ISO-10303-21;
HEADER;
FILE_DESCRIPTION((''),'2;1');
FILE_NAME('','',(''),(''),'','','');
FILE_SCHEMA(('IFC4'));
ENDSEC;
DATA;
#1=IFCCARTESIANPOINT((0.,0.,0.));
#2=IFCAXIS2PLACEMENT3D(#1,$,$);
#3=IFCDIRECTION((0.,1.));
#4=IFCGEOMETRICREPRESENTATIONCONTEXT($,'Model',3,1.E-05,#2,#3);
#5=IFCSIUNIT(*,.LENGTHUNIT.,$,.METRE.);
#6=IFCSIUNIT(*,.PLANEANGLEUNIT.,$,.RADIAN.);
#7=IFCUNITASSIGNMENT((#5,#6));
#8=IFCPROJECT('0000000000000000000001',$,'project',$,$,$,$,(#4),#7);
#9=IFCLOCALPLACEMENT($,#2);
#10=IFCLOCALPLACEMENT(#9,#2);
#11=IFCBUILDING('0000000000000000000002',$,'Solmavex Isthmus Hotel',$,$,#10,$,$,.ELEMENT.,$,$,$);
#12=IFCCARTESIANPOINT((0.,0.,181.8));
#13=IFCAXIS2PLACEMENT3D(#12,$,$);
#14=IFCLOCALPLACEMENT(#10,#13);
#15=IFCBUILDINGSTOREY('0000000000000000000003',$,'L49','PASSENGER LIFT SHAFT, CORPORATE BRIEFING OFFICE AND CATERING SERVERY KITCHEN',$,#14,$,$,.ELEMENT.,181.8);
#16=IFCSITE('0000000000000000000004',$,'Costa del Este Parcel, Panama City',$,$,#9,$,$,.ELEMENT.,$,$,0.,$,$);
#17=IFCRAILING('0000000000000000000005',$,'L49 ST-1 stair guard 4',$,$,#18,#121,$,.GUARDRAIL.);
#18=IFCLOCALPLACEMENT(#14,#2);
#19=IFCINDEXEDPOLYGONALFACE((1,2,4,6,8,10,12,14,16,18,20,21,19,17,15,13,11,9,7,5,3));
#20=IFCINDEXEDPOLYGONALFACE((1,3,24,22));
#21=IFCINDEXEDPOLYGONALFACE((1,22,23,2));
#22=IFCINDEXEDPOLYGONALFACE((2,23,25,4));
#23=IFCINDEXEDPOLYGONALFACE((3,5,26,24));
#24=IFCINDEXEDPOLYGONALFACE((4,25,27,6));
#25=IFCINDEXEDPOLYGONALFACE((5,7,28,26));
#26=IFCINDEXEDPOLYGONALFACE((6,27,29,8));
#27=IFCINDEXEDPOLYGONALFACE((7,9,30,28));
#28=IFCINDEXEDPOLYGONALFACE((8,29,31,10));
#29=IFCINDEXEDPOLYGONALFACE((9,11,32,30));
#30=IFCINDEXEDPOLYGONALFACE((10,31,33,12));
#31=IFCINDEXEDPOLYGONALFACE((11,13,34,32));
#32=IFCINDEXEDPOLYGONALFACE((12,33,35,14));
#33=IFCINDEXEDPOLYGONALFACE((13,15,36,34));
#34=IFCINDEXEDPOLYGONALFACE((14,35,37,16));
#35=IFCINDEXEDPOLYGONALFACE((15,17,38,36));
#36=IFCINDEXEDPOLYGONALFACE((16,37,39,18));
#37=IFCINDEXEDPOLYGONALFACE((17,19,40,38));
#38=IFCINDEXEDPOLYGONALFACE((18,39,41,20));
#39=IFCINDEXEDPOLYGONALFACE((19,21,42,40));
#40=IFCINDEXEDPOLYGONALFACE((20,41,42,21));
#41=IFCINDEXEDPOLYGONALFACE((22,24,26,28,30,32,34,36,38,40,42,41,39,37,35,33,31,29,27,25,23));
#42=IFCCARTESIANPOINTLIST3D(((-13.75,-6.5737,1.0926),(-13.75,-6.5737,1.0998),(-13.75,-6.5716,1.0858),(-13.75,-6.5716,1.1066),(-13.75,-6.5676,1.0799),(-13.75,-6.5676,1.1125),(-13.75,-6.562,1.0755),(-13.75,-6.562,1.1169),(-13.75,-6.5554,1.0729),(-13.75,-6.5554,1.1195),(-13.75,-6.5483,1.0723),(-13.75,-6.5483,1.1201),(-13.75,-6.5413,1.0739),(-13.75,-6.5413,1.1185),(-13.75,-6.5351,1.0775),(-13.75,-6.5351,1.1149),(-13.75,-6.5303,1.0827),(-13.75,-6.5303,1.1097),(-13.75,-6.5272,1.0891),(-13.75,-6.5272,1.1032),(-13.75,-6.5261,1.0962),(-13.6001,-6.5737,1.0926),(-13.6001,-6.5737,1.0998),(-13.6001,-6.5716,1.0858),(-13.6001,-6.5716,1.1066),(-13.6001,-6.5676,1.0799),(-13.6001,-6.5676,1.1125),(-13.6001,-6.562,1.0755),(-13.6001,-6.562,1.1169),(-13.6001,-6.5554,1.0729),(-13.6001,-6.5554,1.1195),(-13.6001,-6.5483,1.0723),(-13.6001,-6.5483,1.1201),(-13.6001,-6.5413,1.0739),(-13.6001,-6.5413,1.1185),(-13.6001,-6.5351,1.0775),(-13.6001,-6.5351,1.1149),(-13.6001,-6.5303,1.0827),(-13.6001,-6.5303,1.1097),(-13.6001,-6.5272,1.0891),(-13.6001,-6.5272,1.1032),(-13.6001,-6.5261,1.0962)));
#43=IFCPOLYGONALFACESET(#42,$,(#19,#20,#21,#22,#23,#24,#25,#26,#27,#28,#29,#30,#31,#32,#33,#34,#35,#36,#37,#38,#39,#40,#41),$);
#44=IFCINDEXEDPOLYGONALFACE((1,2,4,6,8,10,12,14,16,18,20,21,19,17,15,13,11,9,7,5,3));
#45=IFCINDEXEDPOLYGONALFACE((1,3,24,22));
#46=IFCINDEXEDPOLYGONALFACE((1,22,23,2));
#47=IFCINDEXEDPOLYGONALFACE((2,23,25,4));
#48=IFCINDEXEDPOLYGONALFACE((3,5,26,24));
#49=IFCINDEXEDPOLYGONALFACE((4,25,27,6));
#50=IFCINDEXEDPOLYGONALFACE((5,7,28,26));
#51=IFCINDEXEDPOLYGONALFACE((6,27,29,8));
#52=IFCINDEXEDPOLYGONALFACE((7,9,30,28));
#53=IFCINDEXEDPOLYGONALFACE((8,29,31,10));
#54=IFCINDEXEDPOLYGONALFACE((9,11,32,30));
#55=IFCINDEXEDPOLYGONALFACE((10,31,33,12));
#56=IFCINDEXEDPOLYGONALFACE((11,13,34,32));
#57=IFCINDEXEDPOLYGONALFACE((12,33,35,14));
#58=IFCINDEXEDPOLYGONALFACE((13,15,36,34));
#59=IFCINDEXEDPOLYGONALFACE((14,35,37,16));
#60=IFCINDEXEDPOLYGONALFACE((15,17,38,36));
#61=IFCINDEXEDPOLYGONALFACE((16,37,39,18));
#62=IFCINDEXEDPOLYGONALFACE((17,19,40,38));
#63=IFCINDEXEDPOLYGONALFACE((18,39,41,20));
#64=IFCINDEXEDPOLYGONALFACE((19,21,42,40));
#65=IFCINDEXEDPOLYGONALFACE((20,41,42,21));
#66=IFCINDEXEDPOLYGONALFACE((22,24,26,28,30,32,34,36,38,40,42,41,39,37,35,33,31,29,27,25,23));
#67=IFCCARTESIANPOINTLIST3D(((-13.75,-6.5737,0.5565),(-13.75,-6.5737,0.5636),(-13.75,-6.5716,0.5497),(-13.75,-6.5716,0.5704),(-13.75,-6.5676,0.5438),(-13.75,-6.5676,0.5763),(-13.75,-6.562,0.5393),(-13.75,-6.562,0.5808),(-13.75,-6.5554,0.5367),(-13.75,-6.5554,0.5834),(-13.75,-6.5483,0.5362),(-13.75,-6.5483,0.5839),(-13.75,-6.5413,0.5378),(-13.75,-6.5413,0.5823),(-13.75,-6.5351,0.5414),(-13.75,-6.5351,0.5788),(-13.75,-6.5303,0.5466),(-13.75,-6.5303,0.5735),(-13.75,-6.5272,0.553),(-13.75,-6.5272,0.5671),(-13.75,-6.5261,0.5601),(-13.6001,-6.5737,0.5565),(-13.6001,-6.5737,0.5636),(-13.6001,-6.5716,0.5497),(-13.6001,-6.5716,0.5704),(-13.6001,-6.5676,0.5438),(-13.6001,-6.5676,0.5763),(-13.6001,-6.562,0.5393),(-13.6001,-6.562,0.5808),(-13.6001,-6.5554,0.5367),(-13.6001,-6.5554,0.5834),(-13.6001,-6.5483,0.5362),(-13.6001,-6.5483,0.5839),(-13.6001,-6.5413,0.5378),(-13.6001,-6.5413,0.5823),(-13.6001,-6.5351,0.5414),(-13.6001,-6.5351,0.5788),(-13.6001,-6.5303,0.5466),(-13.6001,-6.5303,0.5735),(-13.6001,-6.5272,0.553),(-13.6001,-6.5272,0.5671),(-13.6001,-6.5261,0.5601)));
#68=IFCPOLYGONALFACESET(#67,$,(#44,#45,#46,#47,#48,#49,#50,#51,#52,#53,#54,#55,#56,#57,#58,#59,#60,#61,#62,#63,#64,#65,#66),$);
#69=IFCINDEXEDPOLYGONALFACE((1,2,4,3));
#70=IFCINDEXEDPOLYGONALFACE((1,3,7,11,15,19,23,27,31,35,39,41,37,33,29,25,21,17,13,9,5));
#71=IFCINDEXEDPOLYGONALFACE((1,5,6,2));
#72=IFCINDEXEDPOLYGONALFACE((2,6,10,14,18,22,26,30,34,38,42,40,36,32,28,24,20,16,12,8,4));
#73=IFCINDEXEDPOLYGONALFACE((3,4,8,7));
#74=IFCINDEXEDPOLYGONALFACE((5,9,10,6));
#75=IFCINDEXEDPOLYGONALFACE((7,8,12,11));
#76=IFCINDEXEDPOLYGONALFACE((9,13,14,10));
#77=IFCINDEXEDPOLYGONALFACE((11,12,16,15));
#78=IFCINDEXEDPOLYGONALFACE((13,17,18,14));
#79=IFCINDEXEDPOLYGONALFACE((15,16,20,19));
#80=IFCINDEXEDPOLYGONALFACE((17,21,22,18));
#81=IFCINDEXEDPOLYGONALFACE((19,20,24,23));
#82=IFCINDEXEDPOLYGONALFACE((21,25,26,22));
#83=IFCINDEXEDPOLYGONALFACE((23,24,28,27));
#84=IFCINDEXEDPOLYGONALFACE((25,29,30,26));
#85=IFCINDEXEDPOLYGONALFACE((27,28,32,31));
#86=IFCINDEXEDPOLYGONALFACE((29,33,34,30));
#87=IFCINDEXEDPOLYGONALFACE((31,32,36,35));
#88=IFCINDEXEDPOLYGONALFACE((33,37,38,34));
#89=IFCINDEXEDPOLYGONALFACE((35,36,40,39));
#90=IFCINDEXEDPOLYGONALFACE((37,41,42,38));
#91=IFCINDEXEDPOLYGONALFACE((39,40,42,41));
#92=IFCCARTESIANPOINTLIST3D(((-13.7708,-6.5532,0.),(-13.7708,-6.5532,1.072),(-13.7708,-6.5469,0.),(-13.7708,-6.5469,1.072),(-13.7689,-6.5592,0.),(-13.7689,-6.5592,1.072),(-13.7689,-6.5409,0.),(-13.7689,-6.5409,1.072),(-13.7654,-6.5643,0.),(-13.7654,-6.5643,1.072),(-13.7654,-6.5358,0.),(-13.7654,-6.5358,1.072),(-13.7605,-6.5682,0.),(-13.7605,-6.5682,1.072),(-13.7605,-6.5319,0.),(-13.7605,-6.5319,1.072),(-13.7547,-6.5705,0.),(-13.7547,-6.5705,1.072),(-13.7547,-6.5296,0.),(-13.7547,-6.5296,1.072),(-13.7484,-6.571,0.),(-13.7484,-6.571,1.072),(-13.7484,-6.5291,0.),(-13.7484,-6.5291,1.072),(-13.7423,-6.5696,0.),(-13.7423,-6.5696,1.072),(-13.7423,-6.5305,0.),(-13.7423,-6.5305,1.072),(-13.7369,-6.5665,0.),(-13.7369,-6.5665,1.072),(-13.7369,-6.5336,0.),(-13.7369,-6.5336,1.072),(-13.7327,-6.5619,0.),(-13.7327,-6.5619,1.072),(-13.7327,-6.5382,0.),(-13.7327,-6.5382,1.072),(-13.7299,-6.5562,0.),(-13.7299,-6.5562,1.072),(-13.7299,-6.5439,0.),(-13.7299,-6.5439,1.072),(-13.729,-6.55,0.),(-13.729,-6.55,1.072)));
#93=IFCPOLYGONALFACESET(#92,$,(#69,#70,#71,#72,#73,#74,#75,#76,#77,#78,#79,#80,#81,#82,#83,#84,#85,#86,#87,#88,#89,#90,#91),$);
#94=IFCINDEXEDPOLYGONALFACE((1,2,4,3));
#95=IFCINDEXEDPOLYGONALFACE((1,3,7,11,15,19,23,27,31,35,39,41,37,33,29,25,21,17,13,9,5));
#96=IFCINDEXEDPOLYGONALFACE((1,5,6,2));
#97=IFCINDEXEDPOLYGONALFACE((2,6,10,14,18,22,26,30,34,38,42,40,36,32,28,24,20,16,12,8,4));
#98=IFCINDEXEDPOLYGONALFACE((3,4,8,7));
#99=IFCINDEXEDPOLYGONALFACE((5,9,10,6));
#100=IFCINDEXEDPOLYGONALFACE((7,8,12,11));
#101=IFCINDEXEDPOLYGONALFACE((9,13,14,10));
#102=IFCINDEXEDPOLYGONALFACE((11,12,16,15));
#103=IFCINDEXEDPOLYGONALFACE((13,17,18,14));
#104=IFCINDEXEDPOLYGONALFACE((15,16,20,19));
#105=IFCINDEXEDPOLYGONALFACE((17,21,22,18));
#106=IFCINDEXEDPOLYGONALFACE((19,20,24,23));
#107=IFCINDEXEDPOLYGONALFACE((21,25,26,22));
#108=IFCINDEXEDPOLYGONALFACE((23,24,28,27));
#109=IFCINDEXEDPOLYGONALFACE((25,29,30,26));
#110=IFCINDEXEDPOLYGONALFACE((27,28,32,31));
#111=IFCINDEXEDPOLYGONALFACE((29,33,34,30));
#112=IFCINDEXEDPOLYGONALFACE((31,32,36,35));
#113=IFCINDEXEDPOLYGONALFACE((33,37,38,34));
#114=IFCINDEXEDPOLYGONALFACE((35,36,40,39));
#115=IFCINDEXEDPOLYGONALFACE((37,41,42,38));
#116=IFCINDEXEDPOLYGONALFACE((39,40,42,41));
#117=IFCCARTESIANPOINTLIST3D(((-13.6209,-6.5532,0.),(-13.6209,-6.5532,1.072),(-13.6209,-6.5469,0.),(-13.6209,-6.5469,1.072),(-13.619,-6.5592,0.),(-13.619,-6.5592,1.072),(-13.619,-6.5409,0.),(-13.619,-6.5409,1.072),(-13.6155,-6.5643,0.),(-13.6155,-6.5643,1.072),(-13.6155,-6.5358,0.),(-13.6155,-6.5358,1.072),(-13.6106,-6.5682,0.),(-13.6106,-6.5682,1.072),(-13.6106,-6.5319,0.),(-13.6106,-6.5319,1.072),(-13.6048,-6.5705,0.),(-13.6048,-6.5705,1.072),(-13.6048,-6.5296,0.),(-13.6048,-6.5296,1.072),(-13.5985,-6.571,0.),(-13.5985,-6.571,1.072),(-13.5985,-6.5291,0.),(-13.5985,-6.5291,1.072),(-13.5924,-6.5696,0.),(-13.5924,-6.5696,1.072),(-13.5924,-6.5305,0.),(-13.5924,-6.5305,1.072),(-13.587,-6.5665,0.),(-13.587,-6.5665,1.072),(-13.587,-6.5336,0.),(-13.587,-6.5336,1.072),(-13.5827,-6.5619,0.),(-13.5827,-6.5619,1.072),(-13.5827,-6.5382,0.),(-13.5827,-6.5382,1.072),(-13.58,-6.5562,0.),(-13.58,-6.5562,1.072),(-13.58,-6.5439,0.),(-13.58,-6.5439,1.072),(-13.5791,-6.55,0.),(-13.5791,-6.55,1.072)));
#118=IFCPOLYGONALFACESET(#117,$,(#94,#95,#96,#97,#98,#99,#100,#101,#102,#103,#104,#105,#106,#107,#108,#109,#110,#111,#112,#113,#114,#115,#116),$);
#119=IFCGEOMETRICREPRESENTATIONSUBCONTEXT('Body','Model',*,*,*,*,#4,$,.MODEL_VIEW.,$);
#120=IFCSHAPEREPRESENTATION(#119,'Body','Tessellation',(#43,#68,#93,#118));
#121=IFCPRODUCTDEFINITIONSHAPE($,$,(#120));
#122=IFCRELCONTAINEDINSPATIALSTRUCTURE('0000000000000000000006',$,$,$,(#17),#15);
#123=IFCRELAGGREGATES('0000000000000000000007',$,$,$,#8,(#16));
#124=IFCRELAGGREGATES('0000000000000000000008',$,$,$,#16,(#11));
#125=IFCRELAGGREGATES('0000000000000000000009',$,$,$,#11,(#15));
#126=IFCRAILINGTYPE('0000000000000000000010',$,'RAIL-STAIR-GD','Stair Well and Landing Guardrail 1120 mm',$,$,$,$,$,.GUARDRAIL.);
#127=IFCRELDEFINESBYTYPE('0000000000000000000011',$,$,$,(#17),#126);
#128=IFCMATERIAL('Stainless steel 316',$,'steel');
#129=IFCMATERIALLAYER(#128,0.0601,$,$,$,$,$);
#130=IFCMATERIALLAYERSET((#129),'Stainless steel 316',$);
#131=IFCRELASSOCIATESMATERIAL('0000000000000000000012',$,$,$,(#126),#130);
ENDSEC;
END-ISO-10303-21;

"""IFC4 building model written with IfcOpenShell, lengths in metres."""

from ifc_helpers import new_model, si_unit, direction, frame, origin, origin_2d, place, context, subcontext, project, spatial, circle, extrude, material, layer, layer_set, type_object, element, save


model = new_model("IFC4")

# Units and contexts
model_context = context("Model", 3, precision=1e-05, world=origin(), true_north=direction((0.0, 1.0)))
body_context = subcontext(model_context, "Body", "Model", "MODEL_VIEW")
ifc_project = project(units=[si_unit("LENGTHUNIT", "METRE"), si_unit("PLANEANGLEUNIT", "RADIAN")], contexts=[model_context])

# Site, building, storey
site_placement = place(None, origin())
site = spatial("IfcSite", under=ifc_project, at=site_placement, Name="Costa del Este Parcel, Panama City", CompositionType="ELEMENT", RefElevation=0.0)
building_placement = place(site_placement, origin())
building = spatial("IfcBuilding", under=site, at=building_placement, Name="Solmavex Isthmus Hotel", CompositionType="ELEMENT")
storey_placement = place(building_placement, frame((0.0, 0.0, 181.8)))
storey = spatial("IfcBuildingStorey", under=building, at=storey_placement, Name="L49", Description="PASSENGER LIFT SHAFT, CORPORATE BRIEFING OFFICE AND CATERING SERVERY KITCHEN", CompositionType="ELEMENT", Elevation=181.8)

# Railing
ifc_material_1 = material(Name="Stainless steel 316", Category="steel")
ifc_layer_1 = layer(ifc_material_1, 0.0601)
ifc_layer_set_1 = layer_set([ifc_layer_1], Name="Stainless steel 316")
railing_type_1 = type_object("IfcRailingType", Name="RAIL-STAIR-GD", Description="Stair Well and Landing Guardrail 1120 mm", PredefinedType="GUARDRAIL", material=ifc_layer_set_1)
railing_1_placement = place(storey_placement, frame((-13.75, -6.55, 0.0)))
element("IfcRailing", 1, at=railing_1_placement, inside=storey, type_object=railing_type_1, Name="L49 ST-1 stair guard 4", PredefinedType="GUARDRAIL", context=body_context, shape_type="SweptSolid", body=[
    extrude(circle(Radius=0.0239, at=origin_2d()), frame((0.0, 0.0, 1.0962), z_axis=(1.0, 0.0, 0.0), x_axis=(0.0, 1.0, 0.0)), (0.0, 0.0, 1.0), 0.1499),
    extrude(circle(Radius=0.0239, at=origin_2d()), frame((0.0, 0.0, 0.5601), z_axis=(1.0, 0.0, 0.0), x_axis=(0.0, 1.0, 0.0)), (0.0, 0.0, 1.0), 0.1499),
    extrude(circle(Radius=0.021, at=origin_2d()), origin(), (0.0, 0.0, 1.0), 1.072),
    extrude(circle(Radius=0.021, at=origin_2d()), frame((0.1499, 0.0, 0.0)), (0.0, 0.0, 1.0), 1.072),
])

save(model, "model.ifc")
